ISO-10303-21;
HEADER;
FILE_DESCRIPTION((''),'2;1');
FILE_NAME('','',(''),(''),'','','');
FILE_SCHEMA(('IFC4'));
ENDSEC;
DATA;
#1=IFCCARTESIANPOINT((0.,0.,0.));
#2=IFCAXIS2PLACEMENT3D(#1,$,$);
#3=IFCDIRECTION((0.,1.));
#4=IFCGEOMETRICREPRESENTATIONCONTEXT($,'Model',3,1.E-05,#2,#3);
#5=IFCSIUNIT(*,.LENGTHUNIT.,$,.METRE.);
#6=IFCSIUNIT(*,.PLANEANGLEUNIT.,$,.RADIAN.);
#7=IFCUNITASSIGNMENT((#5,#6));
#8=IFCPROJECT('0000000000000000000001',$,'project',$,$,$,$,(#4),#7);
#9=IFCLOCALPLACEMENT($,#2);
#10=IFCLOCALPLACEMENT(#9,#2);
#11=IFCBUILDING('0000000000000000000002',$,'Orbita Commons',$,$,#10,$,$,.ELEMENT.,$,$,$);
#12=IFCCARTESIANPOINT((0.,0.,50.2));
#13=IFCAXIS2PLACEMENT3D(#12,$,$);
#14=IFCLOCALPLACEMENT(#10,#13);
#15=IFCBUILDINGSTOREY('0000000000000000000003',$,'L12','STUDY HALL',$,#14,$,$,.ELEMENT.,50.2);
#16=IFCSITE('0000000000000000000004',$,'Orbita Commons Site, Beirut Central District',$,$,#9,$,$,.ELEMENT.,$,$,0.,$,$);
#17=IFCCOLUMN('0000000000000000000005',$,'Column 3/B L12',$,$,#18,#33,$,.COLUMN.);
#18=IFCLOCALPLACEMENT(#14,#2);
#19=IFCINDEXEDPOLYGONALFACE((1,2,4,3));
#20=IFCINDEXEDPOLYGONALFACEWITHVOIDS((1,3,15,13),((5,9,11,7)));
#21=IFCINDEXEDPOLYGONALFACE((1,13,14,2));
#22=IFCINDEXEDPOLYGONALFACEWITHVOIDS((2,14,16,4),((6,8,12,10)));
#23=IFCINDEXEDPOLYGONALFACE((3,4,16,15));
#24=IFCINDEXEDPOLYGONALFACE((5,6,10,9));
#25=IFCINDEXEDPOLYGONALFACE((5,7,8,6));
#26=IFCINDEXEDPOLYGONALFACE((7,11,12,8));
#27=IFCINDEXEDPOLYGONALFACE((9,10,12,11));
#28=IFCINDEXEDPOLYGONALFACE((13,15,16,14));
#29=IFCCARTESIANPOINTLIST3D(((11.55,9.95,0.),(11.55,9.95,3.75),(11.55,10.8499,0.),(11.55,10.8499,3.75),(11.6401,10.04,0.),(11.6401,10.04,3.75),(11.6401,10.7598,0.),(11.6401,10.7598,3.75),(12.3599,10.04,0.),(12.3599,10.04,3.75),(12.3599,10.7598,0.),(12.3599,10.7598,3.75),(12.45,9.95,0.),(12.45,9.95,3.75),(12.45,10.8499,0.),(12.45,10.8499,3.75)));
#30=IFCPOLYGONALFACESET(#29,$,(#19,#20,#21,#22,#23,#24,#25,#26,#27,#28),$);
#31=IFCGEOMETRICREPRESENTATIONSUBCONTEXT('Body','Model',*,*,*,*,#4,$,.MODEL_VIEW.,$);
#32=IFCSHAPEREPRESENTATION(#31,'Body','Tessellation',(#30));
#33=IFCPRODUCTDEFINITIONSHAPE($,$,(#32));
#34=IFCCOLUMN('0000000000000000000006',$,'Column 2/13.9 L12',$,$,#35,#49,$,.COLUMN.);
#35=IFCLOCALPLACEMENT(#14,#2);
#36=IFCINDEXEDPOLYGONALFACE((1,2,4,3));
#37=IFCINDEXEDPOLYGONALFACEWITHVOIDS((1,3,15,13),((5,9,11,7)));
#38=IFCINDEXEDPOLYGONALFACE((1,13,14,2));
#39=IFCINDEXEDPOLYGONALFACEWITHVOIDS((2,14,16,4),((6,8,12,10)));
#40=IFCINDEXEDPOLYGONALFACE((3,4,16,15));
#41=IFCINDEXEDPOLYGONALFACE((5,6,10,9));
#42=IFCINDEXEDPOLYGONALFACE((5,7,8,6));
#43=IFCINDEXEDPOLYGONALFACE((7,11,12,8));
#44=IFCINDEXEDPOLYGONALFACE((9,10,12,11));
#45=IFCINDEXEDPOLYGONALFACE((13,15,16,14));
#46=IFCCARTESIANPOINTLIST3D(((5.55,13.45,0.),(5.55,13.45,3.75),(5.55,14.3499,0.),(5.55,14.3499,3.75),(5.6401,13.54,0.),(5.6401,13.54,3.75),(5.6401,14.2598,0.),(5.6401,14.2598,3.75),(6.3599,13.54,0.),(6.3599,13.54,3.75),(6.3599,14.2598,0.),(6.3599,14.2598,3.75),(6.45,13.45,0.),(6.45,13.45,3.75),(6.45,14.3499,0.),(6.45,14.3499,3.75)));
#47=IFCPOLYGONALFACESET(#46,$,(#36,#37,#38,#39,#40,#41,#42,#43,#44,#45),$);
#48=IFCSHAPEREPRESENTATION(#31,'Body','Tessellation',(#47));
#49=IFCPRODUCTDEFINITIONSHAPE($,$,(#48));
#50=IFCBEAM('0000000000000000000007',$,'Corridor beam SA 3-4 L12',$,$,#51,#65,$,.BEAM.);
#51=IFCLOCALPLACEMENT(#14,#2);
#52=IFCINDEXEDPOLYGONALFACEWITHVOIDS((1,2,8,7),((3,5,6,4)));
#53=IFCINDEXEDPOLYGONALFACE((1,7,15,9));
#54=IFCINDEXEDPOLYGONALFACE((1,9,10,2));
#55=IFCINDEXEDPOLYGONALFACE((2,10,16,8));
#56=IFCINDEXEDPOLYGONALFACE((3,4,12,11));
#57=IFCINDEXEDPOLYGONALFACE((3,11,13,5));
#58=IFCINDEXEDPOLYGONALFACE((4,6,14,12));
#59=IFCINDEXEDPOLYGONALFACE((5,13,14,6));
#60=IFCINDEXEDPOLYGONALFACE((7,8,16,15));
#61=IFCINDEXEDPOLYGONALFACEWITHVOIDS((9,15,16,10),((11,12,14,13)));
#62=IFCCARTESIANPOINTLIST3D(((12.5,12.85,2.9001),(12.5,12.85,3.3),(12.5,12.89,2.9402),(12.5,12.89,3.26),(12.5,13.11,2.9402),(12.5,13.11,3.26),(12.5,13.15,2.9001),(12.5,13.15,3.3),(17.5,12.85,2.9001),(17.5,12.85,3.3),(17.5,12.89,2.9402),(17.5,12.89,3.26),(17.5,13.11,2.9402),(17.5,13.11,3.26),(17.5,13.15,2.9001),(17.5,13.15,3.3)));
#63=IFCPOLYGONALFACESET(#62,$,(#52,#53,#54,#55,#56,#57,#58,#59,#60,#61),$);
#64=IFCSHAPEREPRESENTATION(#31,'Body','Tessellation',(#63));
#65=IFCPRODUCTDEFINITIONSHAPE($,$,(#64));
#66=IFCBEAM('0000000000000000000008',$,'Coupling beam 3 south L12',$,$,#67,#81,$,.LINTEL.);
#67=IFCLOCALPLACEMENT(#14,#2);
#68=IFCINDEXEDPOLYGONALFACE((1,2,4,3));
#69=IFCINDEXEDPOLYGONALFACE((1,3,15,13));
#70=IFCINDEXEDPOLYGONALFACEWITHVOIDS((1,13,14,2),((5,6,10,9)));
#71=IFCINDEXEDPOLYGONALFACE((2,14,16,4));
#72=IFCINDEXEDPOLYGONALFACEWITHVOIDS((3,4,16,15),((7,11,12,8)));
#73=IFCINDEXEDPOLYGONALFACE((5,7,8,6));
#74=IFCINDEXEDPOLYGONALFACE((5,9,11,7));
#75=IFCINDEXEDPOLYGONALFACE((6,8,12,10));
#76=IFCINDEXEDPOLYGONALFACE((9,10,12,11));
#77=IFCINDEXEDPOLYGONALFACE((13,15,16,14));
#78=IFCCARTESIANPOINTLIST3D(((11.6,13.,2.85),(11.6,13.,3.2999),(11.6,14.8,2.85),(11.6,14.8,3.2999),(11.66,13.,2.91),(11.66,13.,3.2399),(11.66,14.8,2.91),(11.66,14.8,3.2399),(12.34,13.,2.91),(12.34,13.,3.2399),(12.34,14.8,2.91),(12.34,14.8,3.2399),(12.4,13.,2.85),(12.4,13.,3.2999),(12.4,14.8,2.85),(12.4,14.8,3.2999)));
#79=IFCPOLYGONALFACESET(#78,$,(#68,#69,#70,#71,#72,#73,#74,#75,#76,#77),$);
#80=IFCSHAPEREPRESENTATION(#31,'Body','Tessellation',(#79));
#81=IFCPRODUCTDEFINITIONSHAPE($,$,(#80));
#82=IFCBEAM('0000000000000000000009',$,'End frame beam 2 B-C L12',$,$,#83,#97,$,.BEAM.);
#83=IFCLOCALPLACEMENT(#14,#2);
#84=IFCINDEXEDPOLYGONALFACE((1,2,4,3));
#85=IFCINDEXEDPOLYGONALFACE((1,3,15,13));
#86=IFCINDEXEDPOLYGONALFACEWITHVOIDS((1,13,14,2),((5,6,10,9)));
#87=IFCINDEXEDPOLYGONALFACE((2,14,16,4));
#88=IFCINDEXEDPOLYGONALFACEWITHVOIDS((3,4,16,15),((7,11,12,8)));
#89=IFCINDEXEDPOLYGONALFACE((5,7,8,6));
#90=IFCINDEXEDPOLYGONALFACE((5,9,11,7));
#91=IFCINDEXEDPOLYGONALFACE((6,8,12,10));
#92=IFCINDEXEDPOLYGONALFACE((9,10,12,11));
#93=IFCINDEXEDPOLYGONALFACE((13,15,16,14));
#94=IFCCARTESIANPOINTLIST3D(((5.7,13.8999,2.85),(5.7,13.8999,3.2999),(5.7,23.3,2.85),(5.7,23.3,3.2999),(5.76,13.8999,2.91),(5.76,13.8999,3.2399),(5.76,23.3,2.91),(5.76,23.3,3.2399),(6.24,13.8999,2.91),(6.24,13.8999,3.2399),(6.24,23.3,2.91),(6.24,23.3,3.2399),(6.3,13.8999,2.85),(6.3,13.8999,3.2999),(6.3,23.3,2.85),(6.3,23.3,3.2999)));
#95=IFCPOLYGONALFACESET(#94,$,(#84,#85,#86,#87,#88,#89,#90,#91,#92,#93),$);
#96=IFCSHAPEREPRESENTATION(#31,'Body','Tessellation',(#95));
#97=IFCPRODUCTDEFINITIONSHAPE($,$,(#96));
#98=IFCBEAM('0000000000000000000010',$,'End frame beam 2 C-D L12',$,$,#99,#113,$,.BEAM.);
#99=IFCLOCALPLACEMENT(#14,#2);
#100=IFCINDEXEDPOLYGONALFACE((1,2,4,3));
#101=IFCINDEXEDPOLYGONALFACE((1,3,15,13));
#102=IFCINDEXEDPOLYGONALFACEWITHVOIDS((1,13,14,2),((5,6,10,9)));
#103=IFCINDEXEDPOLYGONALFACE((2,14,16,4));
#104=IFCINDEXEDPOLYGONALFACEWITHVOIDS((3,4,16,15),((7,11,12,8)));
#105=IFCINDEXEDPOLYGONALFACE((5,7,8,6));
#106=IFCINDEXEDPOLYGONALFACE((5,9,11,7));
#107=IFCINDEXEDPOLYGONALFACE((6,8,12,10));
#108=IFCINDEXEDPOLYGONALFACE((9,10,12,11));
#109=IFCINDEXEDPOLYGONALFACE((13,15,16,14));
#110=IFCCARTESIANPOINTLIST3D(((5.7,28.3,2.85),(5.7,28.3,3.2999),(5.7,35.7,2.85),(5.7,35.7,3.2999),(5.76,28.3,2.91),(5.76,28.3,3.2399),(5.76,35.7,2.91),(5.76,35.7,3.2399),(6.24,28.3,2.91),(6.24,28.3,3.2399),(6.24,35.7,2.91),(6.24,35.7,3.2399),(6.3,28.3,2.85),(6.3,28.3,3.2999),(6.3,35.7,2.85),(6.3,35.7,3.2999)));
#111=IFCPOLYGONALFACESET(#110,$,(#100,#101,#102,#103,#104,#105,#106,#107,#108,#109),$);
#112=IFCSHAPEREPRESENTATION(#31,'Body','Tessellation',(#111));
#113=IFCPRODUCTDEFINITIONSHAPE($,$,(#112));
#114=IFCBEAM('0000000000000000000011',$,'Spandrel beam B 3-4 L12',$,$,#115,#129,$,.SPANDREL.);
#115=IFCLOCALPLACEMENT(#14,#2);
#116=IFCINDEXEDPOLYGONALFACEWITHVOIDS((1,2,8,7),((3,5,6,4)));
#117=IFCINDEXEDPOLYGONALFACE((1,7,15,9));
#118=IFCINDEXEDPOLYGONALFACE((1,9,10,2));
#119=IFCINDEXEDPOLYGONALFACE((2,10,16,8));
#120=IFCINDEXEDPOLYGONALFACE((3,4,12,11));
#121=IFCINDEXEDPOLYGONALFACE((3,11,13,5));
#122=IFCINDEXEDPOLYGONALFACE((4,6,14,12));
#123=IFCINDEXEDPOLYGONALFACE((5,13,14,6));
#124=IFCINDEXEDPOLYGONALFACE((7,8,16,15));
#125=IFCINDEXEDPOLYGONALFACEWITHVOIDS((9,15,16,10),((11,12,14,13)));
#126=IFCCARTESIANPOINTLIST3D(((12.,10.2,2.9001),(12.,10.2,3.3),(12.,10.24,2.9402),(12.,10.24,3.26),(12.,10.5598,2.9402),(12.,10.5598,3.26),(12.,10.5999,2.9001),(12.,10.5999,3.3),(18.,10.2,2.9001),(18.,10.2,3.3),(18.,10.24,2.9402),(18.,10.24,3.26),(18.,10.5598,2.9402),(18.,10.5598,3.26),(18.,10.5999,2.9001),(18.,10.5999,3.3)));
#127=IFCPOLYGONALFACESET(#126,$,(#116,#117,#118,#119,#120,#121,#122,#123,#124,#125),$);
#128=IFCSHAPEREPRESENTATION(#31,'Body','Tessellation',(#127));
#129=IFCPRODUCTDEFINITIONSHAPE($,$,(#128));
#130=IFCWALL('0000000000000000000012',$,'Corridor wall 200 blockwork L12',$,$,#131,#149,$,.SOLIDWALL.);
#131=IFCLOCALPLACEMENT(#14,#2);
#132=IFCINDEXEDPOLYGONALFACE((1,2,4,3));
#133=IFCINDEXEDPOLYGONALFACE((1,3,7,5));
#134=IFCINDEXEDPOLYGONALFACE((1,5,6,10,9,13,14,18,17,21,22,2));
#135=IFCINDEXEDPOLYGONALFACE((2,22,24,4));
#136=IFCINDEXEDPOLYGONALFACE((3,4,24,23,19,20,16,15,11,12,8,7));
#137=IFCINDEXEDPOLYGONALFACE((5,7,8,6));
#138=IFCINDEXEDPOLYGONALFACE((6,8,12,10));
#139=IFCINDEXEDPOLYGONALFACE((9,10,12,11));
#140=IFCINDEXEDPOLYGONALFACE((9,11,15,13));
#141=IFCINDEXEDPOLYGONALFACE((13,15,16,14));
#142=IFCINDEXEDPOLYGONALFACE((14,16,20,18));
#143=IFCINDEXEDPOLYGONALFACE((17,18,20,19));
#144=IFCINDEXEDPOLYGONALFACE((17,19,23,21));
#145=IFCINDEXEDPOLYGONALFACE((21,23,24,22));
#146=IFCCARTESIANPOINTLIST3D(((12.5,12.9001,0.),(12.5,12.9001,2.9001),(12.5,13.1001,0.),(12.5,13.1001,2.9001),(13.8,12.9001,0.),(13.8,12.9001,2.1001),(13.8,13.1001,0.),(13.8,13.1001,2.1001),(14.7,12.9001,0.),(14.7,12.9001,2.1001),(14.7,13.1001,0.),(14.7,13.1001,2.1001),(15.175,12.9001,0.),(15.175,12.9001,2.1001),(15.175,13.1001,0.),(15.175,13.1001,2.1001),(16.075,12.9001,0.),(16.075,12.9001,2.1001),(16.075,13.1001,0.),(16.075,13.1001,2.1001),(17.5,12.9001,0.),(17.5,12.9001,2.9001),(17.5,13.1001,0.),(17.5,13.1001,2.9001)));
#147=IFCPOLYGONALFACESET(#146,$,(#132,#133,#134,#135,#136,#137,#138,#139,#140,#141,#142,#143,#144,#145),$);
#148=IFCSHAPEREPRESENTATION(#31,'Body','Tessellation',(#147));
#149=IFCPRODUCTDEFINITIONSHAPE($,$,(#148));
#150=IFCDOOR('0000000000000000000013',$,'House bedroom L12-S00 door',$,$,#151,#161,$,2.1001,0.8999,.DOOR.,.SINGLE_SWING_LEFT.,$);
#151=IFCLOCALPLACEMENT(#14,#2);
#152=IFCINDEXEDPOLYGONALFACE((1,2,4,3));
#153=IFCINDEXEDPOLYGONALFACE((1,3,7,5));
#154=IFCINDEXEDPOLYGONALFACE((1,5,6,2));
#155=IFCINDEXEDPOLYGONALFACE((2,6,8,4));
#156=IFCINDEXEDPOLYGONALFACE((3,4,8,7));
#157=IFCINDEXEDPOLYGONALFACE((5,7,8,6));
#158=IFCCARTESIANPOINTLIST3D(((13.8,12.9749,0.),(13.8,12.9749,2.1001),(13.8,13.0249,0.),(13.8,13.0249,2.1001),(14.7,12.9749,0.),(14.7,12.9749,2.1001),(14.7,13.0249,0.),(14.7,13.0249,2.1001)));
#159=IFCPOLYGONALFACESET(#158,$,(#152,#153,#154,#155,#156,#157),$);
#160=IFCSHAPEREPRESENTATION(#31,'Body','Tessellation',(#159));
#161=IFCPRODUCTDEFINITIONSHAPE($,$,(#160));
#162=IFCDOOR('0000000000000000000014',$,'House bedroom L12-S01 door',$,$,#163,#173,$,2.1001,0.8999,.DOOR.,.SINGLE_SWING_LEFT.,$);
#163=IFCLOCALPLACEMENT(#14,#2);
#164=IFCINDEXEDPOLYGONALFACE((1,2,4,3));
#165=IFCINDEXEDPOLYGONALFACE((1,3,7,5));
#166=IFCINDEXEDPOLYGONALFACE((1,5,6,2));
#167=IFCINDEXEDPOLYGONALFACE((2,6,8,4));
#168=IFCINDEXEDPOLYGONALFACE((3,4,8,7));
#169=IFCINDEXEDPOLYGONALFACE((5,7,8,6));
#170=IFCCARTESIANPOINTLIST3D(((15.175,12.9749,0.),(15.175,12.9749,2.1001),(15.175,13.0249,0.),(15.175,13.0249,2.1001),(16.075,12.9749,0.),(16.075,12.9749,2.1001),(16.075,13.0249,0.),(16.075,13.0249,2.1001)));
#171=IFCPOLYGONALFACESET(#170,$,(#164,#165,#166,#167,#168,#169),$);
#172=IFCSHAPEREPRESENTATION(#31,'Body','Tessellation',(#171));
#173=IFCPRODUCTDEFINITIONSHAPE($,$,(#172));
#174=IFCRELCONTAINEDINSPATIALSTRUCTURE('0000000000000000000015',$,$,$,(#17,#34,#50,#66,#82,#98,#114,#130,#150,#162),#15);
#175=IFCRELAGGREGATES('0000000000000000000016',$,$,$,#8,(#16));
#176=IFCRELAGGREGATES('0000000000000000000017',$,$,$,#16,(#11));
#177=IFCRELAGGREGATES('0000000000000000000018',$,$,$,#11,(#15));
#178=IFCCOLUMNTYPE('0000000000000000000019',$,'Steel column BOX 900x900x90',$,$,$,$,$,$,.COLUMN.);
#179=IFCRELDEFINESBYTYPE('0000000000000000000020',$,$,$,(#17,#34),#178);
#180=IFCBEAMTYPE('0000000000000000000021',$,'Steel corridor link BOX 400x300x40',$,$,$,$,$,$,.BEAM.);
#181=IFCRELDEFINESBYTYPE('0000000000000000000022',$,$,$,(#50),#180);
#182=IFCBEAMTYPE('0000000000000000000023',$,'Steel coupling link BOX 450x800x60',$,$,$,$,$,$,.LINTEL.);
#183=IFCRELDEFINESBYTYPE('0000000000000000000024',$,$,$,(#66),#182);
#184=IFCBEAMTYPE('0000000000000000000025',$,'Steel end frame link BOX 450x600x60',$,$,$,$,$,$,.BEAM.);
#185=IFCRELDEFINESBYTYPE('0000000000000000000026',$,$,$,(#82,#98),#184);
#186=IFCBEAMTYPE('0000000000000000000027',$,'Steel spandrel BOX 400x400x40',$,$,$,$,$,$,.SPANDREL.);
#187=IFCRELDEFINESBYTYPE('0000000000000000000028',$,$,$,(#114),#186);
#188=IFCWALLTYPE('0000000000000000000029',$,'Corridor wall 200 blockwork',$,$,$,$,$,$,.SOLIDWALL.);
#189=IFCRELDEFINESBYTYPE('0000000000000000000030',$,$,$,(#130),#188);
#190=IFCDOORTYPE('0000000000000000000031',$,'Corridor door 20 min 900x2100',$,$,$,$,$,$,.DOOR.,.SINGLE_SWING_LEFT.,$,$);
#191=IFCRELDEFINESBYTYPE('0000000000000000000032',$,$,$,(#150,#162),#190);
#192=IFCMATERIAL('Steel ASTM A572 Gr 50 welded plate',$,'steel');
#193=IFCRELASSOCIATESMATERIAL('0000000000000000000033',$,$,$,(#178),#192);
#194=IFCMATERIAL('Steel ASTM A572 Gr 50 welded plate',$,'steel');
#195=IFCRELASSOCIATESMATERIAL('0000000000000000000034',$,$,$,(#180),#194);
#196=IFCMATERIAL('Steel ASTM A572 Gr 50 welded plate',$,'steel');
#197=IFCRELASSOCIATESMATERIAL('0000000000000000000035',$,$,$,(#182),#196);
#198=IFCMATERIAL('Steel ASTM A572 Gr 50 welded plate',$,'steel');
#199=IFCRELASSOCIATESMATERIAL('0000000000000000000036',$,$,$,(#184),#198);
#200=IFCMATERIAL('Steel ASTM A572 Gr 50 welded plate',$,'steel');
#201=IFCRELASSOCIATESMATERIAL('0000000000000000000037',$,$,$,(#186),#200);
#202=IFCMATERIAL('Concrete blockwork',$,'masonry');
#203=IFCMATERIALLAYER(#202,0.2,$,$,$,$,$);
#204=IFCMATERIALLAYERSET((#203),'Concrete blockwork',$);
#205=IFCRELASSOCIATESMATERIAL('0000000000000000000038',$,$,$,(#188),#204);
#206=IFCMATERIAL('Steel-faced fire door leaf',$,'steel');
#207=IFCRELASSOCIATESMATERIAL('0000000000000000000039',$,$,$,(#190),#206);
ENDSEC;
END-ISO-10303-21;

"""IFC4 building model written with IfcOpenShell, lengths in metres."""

from ifc_helpers import new_model, si_unit, direction, frame, frame_2d, origin, origin_2d, place, context, subcontext, project, spatial, polyline, rectangle, hollow_rectangle, outline, extrude, material, layer, layer_set, material_profile, profile_set, type_object, element, fill, save


model = new_model("IFC4")

# Units and contexts
model_context = context("Model", 3, precision=1e-05, world=origin(), true_north=direction((0.0, 1.0)))
body_context = subcontext(model_context, "Body", "Model", "MODEL_VIEW")
ifc_project = project(units=[si_unit("LENGTHUNIT", "METRE"), si_unit("PLANEANGLEUNIT", "RADIAN")], contexts=[model_context])

# Site, building, storey
site_placement = place(None, origin())
site = spatial("IfcSite", under=ifc_project, at=site_placement, Name="Orbita Commons Site, Beirut Central District", CompositionType="ELEMENT", RefElevation=0.0)
building_placement = place(site_placement, origin())
building = spatial("IfcBuilding", under=site, at=building_placement, Name="Orbita Commons", CompositionType="ELEMENT")
storey_placement = place(building_placement, frame((0.0, 0.0, 50.2)))
storey = spatial("IfcBuildingStorey", under=building, at=storey_placement, Name="L12", Description="STUDY HALL", CompositionType="ELEMENT", Elevation=50.2)

# Columns
ifc_material_1 = material(Name="Steel ASTM A572 Gr 50 welded plate", Category="steel")
ifc_material_profile_1 = material_profile(ifc_material_1, hollow_rectangle(XDim=0.8999, YDim=0.8999, WallThickness=0.0901, at=origin_2d()), Name="BOX 900x900x90")
ifc_profile_set_1 = profile_set([ifc_material_profile_1], Name="Steel ASTM A572 Gr 50 welded plate")
column_type = type_object("IfcColumnType", Name="Steel column BOX 900x900x90", PredefinedType="COLUMN", material=ifc_profile_set_1)
for number, where, z_axis, x_axis, name in (
    (1, (12.0, 10.3999, 0.0), (0.0, 0.0, 1.0), (1.0, 0.0, 0.0), "Column 3/B L12"),
    (2, (6.0, 13.8999, 0.0), (0.0, 0.0, 1.0), (1.0, 0.0, 0.0), "Column 2/13.9 L12"),
):
    element("IfcColumn", number, at=place(storey_placement, frame(where, z_axis=z_axis, x_axis=x_axis)), inside=storey, type_object=column_type, Name=name, PredefinedType="COLUMN", context=body_context, shape_type="SweptSolid", body=[
        extrude(hollow_rectangle(XDim=0.8999, YDim=0.8999, WallThickness=0.0901, at=origin_2d()), origin(), (0.0, 0.0, 1.0), 3.75),
    ])

# Beams
ifc_material_2 = material(Name="Steel ASTM A572 Gr 50 welded plate", Category="steel")
ifc_material_profile_2 = material_profile(ifc_material_2, hollow_rectangle(XDim=0.3, YDim=0.3999, WallThickness=0.04, at=origin_2d()), Name="BOX 400x300x40")
ifc_profile_set_2 = profile_set([ifc_material_profile_2], Name="Steel ASTM A572 Gr 50 welded plate")
beam_type_1 = type_object("IfcBeamType", Name="Steel corridor link BOX 400x300x40", PredefinedType="BEAM", material=ifc_profile_set_2)
beam_1_placement = place(storey_placement, frame((12.5, 13.0, 3.1001), z_axis=(1.0, 0.0, 0.0), x_axis=(0.0, 1.0, 0.0)))
element("IfcBeam", 3, at=beam_1_placement, inside=storey, type_object=beam_type_1, Name="Corridor beam SA 3-4 L12", PredefinedType="BEAM", context=body_context, shape_type="SweptSolid", body=[
    extrude(hollow_rectangle(XDim=0.3, YDim=0.3999, WallThickness=0.04, at=origin_2d()), origin(), (0.0, 0.0, 1.0), 5.0),
])
ifc_material_3 = material(Name="Steel ASTM A572 Gr 50 welded plate", Category="steel")
ifc_material_profile_3 = material_profile(ifc_material_3, hollow_rectangle(XDim=0.8, YDim=0.45, WallThickness=0.0601, at=origin_2d()), Name="BOX 450x800x60")
ifc_profile_set_3 = profile_set([ifc_material_profile_3], Name="Steel ASTM A572 Gr 50 welded plate")
beam_type_2 = type_object("IfcBeamType", Name="Steel coupling link BOX 450x800x60", PredefinedType="LINTEL", material=ifc_profile_set_3)
beam_2_placement = place(storey_placement, frame((12.0, 13.0, 3.075), z_axis=(0.0, 1.0, 0.0), x_axis=(-1.0, 0.0, 0.0)))
element("IfcBeam", 4, at=beam_2_placement, inside=storey, type_object=beam_type_2, Name="Coupling beam 3 south L12", PredefinedType="LINTEL", context=body_context, shape_type="SweptSolid", body=[
    extrude(hollow_rectangle(XDim=0.8, YDim=0.45, WallThickness=0.0601, at=origin_2d()), origin(), (0.0, 0.0, 1.0), 1.8),
])
ifc_material_4 = material(Name="Steel ASTM A572 Gr 50 welded plate", Category="steel")
ifc_material_profile_4 = material_profile(ifc_material_4, hollow_rectangle(XDim=0.6001, YDim=0.45, WallThickness=0.0601, at=origin_2d()), Name="BOX 450x600x60")
ifc_profile_set_4 = profile_set([ifc_material_profile_4], Name="Steel ASTM A572 Gr 50 welded plate")
beam_type_3 = type_object("IfcBeamType", Name="Steel end frame link BOX 450x600x60", PredefinedType="BEAM", material=ifc_profile_set_4)
beam_3_placement = place(storey_placement, frame((6.0, 13.8999, 3.075), z_axis=(0.0, 1.0, 0.0), x_axis=(-1.0, 0.0, 0.0)))
element("IfcBeam", 5, at=beam_3_placement, inside=storey, type_object=beam_type_3, Name="End frame beam 2 B-C L12", PredefinedType="BEAM", context=body_context, shape_type="SweptSolid", body=[
    extrude(hollow_rectangle(XDim=0.6001, YDim=0.45, WallThickness=0.0601, at=origin_2d()), origin(), (0.0, 0.0, 1.0), 9.4001),
])
beam_4_placement = place(storey_placement, frame((6.0, 28.3, 3.075), z_axis=(0.0, 1.0, 0.0), x_axis=(-1.0, 0.0, 0.0)))
element("IfcBeam", 6, at=beam_4_placement, inside=storey, type_object=beam_type_3, Name="End frame beam 2 C-D L12", PredefinedType="BEAM", context=body_context, shape_type="SweptSolid", body=[
    extrude(hollow_rectangle(XDim=0.6001, YDim=0.45, WallThickness=0.0601, at=origin_2d()), origin(), (0.0, 0.0, 1.0), 7.3999),
])
ifc_material_5 = material(Name="Steel ASTM A572 Gr 50 welded plate", Category="steel")
ifc_material_profile_5 = material_profile(ifc_material_5, hollow_rectangle(XDim=0.3999, YDim=0.3999, WallThickness=0.04, at=origin_2d()), Name="BOX 400x400x40")
ifc_profile_set_5 = profile_set([ifc_material_profile_5], Name="Steel ASTM A572 Gr 50 welded plate")
beam_type_4 = type_object("IfcBeamType", Name="Steel spandrel BOX 400x400x40", PredefinedType="SPANDREL", material=ifc_profile_set_5)
beam_5_placement = place(storey_placement, frame((12.0, 10.3999, 3.1001), z_axis=(1.0, 0.0, 0.0), x_axis=(0.0, 1.0, 0.0)))
element("IfcBeam", 7, at=beam_5_placement, inside=storey, type_object=beam_type_4, Name="Spandrel beam B 3-4 L12", PredefinedType="SPANDREL", context=body_context, shape_type="SweptSolid", body=[
    extrude(hollow_rectangle(XDim=0.3999, YDim=0.3999, WallThickness=0.04, at=origin_2d()), origin(), (0.0, 0.0, 1.0), 6.0),
])

# Wall, openings, doors
ifc_material_6 = material(Name="Concrete blockwork", Category="masonry")
ifc_layer_1 = layer(ifc_material_6, 0.2)
ifc_layer_set_1 = layer_set([ifc_layer_1], Name="Concrete blockwork")
wall_type_1 = type_object("IfcWallType", Name="Corridor wall 200 blockwork", PredefinedType="SOLIDWALL", material=ifc_layer_set_1)
wall_1_placement = place(storey_placement, frame((12.5, 13.0, 0.0), z_axis=(0.0, 0.0, 1.0), x_axis=(1.0, 0.0, 0.0)))
wall_1 = element("IfcWall", 8, at=wall_1_placement, inside=storey, type_object=wall_type_1, Name="Corridor wall 200 blockwork L12", PredefinedType="SOLIDWALL", context=body_context, shape_type="SweptSolid", body=[
    extrude(outline(polyline([(0.0, 0.0), (5.0, 0.0), (5.0, 2.9001), (0.0, 2.9001), (0.0, 0.0)])), frame((0.0, 0.1001, 0.0), z_axis=(0.0, -1.0, 0.0), x_axis=(1.0, 0.0, 0.0)), (0.0, 0.0, 1.0), 0.2),
])
opening_1_placement = place(wall_1_placement, frame((1.3, 0.0, 0.0)))
opening_1 = element("IfcOpeningElement", 9, at=opening_1_placement, cuts=wall_1, PredefinedType="OPENING", context=body_context, shape_type="SweptSolid", body=[
    extrude(rectangle(XDim=0.8999, YDim=2.1001, at=frame_2d((0.45, 1.05))), frame((0.0, 0.1099, 0.0), z_axis=(0.0, -1.0, 0.0), x_axis=(1.0, 0.0, 0.0)), (0.0, 0.0, 1.0), 0.22),
])
opening_2_placement = place(wall_1_placement, frame((2.675, 0.0, 0.0)))
opening_2 = element("IfcOpeningElement", 10, at=opening_2_placement, cuts=wall_1, PredefinedType="OPENING", context=body_context, shape_type="SweptSolid", body=[
    extrude(rectangle(XDim=0.8999, YDim=2.1001, at=frame_2d((0.45, 1.05))), frame((0.0, 0.1099, 0.0), z_axis=(0.0, -1.0, 0.0), x_axis=(1.0, 0.0, 0.0)), (0.0, 0.0, 1.0), 0.22),
])
ifc_material_7 = material(Name="Steel-faced fire door leaf", Category="steel")
door_type_1 = type_object("IfcDoorType", Name="Corridor door 20 min 900x2100", OperationType="SINGLE_SWING_LEFT", PredefinedType="DOOR", material=ifc_material_7)
door_1_placement = place(opening_1_placement, origin())
door_1 = element("IfcDoor", 11, at=door_1_placement, inside=storey, type_object=door_type_1, Name="House bedroom L12-S00 door", OperationType="SINGLE_SWING_LEFT", OverallHeight=2.1001, OverallWidth=0.8999, PredefinedType="DOOR", context=body_context, shape_type="SweptSolid", body=[
    extrude(rectangle(XDim=0.8999, YDim=2.1001, at=frame_2d((0.45, 1.05))), frame((0.0, 0.0249, 0.0), z_axis=(0.0, -1.0, 0.0), x_axis=(1.0, 0.0, 0.0)), (0.0, 0.0, 1.0), 0.05),
])
fill(opening_1, door_1)
door_2_placement = place(opening_2_placement, origin())
door_2 = element("IfcDoor", 12, at=door_2_placement, inside=storey, type_object=door_type_1, Name="House bedroom L12-S01 door", OperationType="SINGLE_SWING_LEFT", OverallHeight=2.1001, OverallWidth=0.8999, PredefinedType="DOOR", context=body_context, shape_type="SweptSolid", body=[
    extrude(rectangle(XDim=0.8999, YDim=2.1001, at=frame_2d((0.45, 1.05))), frame((0.0, 0.0249, 0.0), z_axis=(0.0, -1.0, 0.0), x_axis=(1.0, 0.0, 0.0)), (0.0, 0.0, 1.0), 0.05),
])
fill(opening_2, door_2)

save(model, "model.ifc")
